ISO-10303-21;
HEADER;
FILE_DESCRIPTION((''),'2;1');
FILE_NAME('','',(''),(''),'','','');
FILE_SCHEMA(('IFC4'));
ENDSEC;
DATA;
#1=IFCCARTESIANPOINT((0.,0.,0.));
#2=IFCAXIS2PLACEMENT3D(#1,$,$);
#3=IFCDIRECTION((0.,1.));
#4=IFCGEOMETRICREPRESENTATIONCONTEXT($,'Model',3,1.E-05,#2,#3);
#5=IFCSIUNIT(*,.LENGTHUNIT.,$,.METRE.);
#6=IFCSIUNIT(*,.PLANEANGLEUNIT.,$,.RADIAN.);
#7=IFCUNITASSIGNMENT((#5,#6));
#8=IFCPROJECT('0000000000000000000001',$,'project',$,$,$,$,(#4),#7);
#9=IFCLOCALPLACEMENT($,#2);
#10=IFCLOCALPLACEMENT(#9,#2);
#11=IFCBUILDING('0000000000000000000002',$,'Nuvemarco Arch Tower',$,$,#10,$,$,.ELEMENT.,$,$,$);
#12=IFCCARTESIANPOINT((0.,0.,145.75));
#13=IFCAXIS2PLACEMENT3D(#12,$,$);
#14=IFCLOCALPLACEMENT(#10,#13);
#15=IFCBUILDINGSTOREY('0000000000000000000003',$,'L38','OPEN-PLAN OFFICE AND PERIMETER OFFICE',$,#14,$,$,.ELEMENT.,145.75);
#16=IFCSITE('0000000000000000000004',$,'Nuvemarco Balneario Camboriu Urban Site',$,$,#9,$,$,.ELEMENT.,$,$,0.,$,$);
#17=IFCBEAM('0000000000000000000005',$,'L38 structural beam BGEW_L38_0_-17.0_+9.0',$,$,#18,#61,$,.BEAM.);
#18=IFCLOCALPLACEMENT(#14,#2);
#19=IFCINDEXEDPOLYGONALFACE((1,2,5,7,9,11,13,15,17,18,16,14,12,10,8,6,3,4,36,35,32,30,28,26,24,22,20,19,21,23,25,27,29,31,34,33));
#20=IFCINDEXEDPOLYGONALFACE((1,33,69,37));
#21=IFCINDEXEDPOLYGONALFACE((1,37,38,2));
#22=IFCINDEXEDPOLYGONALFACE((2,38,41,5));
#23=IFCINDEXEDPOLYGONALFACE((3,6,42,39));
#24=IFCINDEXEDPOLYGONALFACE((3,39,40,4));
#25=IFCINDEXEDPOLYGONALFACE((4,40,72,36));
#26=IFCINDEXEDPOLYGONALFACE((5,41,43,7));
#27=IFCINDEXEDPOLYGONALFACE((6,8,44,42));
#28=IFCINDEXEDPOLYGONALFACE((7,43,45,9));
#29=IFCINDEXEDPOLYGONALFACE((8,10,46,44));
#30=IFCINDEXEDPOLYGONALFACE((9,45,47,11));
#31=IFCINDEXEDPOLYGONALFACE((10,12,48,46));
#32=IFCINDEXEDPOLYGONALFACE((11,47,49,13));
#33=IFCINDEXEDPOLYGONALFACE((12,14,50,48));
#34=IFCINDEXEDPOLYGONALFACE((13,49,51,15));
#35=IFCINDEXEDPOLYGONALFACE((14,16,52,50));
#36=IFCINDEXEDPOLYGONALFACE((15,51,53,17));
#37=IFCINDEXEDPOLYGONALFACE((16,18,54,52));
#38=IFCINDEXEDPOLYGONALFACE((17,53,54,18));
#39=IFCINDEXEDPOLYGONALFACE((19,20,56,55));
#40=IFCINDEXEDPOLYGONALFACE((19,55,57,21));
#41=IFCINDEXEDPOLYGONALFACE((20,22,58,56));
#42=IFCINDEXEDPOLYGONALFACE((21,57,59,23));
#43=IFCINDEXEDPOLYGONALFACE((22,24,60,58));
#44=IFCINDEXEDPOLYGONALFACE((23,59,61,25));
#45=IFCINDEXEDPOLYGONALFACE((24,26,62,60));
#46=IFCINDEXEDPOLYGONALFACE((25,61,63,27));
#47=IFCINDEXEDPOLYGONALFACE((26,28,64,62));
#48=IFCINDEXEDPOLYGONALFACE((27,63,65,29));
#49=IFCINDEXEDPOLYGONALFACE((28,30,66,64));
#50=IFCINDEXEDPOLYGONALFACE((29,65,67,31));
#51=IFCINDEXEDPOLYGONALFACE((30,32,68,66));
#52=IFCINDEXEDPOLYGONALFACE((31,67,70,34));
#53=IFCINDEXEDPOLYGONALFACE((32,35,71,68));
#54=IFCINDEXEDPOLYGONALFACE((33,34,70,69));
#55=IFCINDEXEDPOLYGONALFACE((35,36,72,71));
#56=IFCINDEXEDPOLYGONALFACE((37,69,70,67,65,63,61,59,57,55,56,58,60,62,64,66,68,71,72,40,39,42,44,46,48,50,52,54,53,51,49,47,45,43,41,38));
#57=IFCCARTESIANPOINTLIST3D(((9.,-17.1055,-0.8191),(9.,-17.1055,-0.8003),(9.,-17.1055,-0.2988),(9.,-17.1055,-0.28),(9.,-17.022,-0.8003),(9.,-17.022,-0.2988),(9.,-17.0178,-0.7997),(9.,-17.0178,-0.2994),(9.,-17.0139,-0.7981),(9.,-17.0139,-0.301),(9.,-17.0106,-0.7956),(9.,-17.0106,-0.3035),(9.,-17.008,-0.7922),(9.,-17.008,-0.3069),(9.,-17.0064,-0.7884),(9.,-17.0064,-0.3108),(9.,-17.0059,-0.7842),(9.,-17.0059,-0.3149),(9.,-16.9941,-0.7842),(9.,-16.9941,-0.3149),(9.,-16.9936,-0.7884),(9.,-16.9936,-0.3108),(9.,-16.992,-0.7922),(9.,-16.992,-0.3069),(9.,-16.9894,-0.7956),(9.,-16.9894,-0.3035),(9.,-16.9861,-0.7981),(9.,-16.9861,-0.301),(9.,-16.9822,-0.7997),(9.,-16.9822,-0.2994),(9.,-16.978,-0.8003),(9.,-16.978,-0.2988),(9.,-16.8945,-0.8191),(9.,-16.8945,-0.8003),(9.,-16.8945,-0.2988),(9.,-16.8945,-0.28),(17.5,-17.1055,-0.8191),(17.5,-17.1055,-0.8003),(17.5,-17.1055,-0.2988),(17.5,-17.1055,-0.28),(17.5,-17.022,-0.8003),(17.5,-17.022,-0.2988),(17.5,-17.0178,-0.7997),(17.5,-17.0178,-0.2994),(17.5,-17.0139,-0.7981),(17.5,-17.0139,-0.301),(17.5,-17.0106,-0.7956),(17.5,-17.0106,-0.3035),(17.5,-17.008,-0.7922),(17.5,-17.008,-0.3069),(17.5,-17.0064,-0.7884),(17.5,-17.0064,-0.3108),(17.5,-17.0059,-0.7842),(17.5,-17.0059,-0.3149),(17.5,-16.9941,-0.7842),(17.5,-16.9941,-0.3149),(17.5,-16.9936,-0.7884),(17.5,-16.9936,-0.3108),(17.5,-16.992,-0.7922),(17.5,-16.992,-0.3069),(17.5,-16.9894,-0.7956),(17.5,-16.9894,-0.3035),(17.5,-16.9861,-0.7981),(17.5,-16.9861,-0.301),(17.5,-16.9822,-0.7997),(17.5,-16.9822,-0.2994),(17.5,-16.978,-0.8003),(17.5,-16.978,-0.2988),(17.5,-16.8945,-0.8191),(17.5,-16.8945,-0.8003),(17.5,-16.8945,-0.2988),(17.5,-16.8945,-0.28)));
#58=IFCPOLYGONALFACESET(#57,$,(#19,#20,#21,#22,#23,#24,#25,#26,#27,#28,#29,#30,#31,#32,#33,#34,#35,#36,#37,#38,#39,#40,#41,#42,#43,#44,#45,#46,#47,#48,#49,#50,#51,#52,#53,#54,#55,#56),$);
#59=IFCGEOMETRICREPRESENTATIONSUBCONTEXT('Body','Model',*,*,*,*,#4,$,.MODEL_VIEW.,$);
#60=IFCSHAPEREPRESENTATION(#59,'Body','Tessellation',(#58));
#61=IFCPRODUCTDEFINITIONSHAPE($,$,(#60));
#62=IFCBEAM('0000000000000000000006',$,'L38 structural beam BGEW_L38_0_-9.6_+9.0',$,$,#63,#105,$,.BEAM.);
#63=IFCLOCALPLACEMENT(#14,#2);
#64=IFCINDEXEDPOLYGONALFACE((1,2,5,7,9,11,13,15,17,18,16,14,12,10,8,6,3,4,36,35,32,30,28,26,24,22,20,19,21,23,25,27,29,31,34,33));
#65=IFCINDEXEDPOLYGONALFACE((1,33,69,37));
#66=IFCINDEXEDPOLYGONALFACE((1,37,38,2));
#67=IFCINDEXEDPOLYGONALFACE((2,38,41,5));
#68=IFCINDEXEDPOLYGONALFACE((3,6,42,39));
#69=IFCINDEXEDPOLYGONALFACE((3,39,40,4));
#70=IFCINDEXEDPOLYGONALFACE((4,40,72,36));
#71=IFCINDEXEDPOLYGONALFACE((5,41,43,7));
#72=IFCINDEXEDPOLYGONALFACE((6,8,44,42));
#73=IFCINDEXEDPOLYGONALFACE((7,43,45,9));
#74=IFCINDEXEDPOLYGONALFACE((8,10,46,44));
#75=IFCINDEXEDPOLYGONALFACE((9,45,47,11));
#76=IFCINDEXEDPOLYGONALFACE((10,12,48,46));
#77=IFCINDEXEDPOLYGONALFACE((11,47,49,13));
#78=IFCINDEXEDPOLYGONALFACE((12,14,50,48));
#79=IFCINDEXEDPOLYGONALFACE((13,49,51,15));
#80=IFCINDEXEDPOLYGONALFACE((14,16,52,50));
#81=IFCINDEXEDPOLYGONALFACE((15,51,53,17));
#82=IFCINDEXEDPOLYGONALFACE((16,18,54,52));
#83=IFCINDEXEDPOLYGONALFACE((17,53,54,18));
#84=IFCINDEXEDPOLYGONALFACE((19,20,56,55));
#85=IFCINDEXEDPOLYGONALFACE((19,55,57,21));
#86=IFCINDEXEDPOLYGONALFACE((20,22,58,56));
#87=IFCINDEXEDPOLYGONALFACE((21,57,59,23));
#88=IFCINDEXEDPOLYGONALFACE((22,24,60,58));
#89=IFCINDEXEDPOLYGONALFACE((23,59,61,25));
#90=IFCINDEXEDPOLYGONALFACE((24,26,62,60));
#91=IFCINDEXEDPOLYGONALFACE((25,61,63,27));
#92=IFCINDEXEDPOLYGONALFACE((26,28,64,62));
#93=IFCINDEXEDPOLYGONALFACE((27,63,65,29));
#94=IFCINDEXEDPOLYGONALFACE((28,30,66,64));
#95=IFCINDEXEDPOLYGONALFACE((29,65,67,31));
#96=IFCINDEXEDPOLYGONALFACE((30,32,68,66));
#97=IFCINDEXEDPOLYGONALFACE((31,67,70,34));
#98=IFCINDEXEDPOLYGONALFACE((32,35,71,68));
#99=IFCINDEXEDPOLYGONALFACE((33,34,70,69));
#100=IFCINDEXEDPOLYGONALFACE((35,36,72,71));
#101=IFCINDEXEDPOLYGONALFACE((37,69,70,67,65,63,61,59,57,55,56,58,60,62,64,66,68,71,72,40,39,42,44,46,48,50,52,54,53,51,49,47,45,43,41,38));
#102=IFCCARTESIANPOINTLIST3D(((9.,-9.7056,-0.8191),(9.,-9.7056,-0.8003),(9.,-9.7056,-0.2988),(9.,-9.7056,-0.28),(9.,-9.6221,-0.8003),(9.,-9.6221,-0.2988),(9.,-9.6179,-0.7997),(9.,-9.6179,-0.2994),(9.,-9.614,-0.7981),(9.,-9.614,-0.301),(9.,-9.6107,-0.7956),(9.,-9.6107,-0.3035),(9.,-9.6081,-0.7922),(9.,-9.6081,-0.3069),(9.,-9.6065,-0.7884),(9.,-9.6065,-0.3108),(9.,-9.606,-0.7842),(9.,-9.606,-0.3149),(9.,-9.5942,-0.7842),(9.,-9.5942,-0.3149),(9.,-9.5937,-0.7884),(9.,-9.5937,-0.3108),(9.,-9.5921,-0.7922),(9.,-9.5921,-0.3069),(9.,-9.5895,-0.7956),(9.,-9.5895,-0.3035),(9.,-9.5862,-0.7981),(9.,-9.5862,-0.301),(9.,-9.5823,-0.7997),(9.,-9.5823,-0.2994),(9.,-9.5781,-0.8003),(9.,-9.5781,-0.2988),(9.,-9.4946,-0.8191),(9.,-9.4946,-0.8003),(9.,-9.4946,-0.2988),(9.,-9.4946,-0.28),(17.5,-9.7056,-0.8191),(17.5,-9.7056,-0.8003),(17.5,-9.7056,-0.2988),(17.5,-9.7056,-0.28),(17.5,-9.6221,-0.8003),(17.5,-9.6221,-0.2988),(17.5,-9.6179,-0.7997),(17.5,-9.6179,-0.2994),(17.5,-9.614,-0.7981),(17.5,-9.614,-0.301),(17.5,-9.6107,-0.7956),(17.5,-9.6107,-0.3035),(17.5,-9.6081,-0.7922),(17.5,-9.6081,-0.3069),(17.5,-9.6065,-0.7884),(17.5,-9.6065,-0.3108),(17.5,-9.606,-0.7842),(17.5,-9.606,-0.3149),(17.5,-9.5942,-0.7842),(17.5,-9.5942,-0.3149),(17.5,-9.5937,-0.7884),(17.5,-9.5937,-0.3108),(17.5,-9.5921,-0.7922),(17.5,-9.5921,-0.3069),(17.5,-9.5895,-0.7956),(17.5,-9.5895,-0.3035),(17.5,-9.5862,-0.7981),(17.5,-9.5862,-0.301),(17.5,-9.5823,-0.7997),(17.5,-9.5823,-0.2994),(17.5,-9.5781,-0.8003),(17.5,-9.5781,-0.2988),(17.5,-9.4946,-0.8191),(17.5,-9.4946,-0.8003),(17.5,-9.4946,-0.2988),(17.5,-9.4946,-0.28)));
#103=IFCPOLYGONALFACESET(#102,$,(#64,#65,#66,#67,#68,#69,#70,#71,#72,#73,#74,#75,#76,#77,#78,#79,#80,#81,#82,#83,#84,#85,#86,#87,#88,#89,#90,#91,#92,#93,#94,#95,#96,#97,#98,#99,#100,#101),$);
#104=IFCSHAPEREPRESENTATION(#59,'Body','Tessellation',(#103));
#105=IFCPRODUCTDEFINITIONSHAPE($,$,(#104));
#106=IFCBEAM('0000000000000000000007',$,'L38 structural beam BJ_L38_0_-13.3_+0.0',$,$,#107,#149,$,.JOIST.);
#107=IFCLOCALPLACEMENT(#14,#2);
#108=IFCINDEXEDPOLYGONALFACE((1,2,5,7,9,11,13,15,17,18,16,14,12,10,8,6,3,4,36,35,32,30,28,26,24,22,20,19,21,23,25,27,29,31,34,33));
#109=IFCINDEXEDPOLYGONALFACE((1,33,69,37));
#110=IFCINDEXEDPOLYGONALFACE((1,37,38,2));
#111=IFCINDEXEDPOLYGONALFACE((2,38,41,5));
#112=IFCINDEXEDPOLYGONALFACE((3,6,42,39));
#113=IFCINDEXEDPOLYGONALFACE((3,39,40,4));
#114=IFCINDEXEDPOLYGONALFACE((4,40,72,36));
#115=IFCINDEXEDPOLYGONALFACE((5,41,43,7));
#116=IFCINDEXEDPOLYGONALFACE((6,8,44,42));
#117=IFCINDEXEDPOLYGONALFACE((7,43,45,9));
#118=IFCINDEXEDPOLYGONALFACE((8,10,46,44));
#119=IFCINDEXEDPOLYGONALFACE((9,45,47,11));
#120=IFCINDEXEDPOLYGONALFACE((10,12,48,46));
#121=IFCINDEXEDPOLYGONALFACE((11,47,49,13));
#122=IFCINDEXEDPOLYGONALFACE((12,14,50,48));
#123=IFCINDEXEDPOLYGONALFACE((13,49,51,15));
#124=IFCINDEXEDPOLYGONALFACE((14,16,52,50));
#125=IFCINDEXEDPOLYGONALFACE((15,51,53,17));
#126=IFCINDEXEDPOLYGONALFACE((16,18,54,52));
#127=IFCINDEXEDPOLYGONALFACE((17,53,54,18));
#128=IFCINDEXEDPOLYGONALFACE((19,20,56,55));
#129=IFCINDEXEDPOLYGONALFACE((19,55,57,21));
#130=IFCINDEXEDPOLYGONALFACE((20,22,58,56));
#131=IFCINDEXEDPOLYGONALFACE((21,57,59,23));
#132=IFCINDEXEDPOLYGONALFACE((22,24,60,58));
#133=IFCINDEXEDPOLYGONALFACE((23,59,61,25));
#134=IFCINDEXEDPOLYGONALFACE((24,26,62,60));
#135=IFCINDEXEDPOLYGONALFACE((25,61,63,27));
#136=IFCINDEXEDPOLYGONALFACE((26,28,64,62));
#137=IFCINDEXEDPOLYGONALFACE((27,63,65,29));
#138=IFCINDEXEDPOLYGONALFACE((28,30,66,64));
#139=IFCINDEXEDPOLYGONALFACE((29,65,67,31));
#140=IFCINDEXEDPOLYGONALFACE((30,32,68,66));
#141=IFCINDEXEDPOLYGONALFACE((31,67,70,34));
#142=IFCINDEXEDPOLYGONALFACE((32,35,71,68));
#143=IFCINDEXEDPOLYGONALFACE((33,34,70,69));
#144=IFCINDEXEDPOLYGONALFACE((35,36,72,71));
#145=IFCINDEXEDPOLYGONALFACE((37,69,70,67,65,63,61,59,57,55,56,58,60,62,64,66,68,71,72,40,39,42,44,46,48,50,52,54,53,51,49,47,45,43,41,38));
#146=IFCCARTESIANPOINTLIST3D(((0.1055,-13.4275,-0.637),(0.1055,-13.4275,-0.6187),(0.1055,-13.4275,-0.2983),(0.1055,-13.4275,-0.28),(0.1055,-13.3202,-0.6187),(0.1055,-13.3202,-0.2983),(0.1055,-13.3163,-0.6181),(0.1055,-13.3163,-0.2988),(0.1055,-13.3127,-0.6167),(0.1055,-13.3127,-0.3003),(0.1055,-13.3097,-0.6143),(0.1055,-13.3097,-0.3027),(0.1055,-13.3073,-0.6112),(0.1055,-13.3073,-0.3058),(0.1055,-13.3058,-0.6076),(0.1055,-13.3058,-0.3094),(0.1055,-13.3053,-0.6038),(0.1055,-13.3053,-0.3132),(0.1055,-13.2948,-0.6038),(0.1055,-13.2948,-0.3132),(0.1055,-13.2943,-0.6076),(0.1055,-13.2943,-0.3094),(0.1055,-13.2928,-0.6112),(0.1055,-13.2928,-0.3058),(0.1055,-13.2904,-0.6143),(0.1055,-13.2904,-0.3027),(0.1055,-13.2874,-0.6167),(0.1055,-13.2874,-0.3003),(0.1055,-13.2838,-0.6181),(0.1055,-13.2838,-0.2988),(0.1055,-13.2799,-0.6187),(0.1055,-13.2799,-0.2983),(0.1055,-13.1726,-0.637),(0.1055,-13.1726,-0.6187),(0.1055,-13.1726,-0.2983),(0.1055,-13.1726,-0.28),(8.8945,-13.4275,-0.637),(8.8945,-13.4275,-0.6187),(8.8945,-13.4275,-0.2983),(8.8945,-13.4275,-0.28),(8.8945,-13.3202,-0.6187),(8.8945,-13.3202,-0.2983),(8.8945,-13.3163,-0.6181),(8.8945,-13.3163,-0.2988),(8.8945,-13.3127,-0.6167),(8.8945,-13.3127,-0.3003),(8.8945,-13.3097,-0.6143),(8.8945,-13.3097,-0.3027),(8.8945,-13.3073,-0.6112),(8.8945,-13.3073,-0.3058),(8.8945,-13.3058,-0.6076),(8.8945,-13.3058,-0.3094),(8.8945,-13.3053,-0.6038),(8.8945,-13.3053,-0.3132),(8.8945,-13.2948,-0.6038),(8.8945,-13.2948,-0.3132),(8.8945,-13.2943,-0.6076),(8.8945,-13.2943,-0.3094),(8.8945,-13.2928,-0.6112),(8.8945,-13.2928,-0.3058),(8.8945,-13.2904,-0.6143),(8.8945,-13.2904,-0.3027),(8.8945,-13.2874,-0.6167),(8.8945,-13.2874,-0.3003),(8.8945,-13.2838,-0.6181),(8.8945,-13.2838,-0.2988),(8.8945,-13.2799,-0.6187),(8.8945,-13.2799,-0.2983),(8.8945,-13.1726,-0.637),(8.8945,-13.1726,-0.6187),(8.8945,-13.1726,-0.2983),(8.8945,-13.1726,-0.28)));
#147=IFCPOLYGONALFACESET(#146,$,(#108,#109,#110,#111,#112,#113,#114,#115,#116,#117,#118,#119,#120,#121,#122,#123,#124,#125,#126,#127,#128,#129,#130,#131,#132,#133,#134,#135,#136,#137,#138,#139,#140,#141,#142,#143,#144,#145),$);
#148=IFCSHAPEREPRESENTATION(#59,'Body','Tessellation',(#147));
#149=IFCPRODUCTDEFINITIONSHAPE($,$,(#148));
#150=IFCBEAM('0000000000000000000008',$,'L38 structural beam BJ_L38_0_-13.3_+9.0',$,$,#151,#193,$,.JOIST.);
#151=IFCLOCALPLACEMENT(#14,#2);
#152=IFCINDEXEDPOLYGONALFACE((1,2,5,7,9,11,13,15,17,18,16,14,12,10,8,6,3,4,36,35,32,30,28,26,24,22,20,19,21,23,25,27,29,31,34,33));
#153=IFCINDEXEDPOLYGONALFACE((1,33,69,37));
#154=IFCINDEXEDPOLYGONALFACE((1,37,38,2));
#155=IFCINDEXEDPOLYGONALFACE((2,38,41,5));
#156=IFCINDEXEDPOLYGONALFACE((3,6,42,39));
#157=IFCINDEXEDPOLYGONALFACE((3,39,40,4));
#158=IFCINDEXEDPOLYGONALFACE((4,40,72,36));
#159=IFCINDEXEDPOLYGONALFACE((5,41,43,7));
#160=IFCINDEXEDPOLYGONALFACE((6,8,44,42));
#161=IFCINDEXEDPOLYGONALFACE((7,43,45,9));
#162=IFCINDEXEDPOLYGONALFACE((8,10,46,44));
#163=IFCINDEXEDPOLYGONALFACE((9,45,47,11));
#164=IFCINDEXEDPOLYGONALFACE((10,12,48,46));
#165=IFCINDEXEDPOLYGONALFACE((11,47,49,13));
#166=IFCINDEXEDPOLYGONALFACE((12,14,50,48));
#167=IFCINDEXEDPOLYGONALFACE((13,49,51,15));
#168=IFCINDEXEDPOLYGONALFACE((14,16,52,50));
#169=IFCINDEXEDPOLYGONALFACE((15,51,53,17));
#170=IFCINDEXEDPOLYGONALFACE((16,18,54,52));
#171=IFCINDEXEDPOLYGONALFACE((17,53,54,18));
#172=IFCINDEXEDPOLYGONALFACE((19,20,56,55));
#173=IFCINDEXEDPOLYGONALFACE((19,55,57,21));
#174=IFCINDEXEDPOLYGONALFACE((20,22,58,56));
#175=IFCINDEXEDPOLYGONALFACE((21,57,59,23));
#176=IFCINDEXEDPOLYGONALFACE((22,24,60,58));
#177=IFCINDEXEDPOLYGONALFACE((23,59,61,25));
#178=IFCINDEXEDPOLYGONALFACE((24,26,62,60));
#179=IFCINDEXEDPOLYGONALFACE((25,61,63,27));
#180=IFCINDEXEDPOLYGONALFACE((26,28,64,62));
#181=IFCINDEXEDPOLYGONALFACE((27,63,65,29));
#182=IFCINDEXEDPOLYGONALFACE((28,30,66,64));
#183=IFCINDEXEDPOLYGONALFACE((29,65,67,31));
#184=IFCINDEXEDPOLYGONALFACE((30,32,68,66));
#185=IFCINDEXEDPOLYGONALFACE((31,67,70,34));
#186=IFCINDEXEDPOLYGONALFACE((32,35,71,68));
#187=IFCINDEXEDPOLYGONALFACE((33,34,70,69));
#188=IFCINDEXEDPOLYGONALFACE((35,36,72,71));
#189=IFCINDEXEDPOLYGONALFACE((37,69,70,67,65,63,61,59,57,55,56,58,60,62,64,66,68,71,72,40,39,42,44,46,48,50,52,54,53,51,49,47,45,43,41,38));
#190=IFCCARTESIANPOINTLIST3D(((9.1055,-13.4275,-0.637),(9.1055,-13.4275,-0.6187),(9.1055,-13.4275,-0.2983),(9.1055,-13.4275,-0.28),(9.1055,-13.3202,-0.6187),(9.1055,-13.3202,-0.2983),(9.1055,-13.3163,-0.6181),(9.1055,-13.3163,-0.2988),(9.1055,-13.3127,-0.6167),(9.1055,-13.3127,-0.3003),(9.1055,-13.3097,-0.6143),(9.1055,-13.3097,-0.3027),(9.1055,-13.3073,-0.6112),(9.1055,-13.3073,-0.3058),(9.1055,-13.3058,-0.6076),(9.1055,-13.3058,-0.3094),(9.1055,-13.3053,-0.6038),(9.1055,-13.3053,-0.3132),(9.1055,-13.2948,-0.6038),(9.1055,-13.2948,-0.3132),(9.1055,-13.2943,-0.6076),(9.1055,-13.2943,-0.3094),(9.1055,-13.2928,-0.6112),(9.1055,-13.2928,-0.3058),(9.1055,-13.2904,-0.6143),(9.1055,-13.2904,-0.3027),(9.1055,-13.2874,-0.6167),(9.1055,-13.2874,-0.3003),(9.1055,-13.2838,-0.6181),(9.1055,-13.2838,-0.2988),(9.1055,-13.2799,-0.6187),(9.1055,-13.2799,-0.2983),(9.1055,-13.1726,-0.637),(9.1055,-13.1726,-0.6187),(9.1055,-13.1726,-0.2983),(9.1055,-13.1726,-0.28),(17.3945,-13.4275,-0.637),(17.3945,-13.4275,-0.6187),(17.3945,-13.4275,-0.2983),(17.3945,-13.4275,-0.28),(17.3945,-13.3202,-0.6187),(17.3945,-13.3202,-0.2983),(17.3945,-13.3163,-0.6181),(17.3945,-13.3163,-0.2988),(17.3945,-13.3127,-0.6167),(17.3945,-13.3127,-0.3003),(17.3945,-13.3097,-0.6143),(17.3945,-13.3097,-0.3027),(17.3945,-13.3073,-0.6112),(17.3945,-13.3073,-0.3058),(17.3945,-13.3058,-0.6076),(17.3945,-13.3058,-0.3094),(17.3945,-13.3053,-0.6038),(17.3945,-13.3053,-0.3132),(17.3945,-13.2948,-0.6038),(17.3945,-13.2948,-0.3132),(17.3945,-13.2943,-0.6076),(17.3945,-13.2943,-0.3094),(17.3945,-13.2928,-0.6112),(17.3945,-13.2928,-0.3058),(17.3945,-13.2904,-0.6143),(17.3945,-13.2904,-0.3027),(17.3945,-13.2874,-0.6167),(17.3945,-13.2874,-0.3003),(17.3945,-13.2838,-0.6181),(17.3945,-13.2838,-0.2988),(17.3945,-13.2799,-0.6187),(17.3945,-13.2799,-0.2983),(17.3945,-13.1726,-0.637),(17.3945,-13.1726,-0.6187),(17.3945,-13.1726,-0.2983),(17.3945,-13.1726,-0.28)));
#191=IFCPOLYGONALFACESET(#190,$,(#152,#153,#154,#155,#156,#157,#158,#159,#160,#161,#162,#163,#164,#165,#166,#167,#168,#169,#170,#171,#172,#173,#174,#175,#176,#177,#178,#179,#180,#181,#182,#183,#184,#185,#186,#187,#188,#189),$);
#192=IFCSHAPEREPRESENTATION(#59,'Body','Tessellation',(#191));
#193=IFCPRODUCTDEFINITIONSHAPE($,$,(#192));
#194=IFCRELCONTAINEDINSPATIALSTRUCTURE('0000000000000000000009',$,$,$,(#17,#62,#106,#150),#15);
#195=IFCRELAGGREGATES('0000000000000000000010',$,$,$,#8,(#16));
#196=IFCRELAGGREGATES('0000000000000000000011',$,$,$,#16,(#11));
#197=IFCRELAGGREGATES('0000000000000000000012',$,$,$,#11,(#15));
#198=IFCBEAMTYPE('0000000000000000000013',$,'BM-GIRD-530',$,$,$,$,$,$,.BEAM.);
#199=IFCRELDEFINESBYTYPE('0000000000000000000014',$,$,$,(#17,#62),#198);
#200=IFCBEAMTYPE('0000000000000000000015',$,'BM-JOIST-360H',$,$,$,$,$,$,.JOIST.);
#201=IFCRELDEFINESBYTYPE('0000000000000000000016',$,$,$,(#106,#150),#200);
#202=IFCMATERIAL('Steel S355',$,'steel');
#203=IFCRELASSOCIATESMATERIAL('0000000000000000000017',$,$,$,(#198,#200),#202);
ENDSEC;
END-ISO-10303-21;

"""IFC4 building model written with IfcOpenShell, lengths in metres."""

from ifc_helpers import new_model, si_unit, direction, frame, origin, origin_2d, place, context, subcontext, project, spatial, i_section, extrude, material, material_profile, profile_set, type_object, element, save


model = new_model("IFC4")

# Units and contexts
model_context = context("Model", 3, precision=1e-05, world=origin(), true_north=direction((0.0, 1.0)))
body_context = subcontext(model_context, "Body", "Model", "MODEL_VIEW")
ifc_project = project(units=[si_unit("LENGTHUNIT", "METRE"), si_unit("PLANEANGLEUNIT", "RADIAN")], contexts=[model_context])

# Site, building, storey
site_placement = place(None, origin())
site = spatial("IfcSite", under=ifc_project, at=site_placement, Name="Nuvemarco Balneario Camboriu Urban Site", CompositionType="ELEMENT", RefElevation=0.0)
building_placement = place(site_placement, origin())
building = spatial("IfcBuilding", under=site, at=building_placement, Name="Nuvemarco Arch Tower", CompositionType="ELEMENT")
storey_placement = place(building_placement, frame((0.0, 0.0, 145.75)))
storey = spatial("IfcBuildingStorey", under=building, at=storey_placement, Name="L38", Description="OPEN-PLAN OFFICE AND PERIMETER OFFICE", CompositionType="ELEMENT", Elevation=145.75)

# Shared definitions
ifc_material_1 = material(Name="Steel S355", Category="steel")

# Beams
ifc_material_profile_1 = material_profile(ifc_material_1, i_section(OverallWidth=0.2109, OverallDepth=0.5391, WebThickness=0.0117, FlangeThickness=0.0188, FilletRadius=0.0161, at=origin_2d()), Name="W530x109")
ifc_profile_set_1 = profile_set([ifc_material_profile_1], Name="Steel S355")
beam_type_1 = type_object("IfcBeamType", Name="BM-GIRD-530", PredefinedType="BEAM", material=ifc_profile_set_1)
for number, where, z_axis, x_axis, name in (
    (1, (9.0, -17.0, -0.5496), (1.0, 0.0, 0.0), (0.0, 1.0, 0.0), "L38 structural beam BGEW_L38_0_-17.0_+9.0"),
    (2, (9.0, -9.6001, -0.5496), (1.0, 0.0, 0.0), (0.0, 1.0, 0.0), "L38 structural beam BGEW_L38_0_-9.6_+9.0"),
):
    element("IfcBeam", number, at=place(storey_placement, frame(where, z_axis=z_axis, x_axis=x_axis)), inside=storey, type_object=beam_type_1, Name=name, PredefinedType="BEAM", context=body_context, shape_type="SweptSolid", body=[
        extrude(i_section(OverallWidth=0.2109, OverallDepth=0.5391, WebThickness=0.0117, FlangeThickness=0.0188, FilletRadius=0.0161, at=origin_2d()), origin(), (0.0, 0.0, 1.0), 8.5),
    ])
ifc_material_profile_2 = material_profile(ifc_material_1, i_section(OverallWidth=0.2549, OverallDepth=0.3569, WebThickness=0.0105, FlangeThickness=0.0183, FilletRadius=0.0149, at=origin_2d()), Name="W360x101")
ifc_profile_set_2 = profile_set([ifc_material_profile_2], Name="Steel S355")
beam_type_2 = type_object("IfcBeamType", Name="BM-JOIST-360H", PredefinedType="JOIST", material=ifc_profile_set_2)
beam_1_placement = place(storey_placement, frame((0.1055, -13.3, -0.4585), z_axis=(1.0, 0.0, 0.0), x_axis=(0.0, 1.0, 0.0)))
element("IfcBeam", 3, at=beam_1_placement, inside=storey, type_object=beam_type_2, Name="L38 structural beam BJ_L38_0_-13.3_+0.0", PredefinedType="JOIST", context=body_context, shape_type="SweptSolid", body=[
    extrude(i_section(OverallWidth=0.2549, OverallDepth=0.3569, WebThickness=0.0105, FlangeThickness=0.0183, FilletRadius=0.0149, at=origin_2d()), origin(), (0.0, 0.0, 1.0), 8.7891),
])
beam_2_placement = place(storey_placement, frame((9.1055, -13.3, -0.4585), z_axis=(1.0, 0.0, 0.0), x_axis=(0.0, 1.0, 0.0)))
element("IfcBeam", 4, at=beam_2_placement, inside=storey, type_object=beam_type_2, Name="L38 structural beam BJ_L38_0_-13.3_+9.0", PredefinedType="JOIST", context=body_context, shape_type="SweptSolid", body=[
    extrude(i_section(OverallWidth=0.2549, OverallDepth=0.3569, WebThickness=0.0105, FlangeThickness=0.0183, FilletRadius=0.0149, at=origin_2d()), origin(), (0.0, 0.0, 1.0), 8.2891),
])

save(model, "model.ifc")
